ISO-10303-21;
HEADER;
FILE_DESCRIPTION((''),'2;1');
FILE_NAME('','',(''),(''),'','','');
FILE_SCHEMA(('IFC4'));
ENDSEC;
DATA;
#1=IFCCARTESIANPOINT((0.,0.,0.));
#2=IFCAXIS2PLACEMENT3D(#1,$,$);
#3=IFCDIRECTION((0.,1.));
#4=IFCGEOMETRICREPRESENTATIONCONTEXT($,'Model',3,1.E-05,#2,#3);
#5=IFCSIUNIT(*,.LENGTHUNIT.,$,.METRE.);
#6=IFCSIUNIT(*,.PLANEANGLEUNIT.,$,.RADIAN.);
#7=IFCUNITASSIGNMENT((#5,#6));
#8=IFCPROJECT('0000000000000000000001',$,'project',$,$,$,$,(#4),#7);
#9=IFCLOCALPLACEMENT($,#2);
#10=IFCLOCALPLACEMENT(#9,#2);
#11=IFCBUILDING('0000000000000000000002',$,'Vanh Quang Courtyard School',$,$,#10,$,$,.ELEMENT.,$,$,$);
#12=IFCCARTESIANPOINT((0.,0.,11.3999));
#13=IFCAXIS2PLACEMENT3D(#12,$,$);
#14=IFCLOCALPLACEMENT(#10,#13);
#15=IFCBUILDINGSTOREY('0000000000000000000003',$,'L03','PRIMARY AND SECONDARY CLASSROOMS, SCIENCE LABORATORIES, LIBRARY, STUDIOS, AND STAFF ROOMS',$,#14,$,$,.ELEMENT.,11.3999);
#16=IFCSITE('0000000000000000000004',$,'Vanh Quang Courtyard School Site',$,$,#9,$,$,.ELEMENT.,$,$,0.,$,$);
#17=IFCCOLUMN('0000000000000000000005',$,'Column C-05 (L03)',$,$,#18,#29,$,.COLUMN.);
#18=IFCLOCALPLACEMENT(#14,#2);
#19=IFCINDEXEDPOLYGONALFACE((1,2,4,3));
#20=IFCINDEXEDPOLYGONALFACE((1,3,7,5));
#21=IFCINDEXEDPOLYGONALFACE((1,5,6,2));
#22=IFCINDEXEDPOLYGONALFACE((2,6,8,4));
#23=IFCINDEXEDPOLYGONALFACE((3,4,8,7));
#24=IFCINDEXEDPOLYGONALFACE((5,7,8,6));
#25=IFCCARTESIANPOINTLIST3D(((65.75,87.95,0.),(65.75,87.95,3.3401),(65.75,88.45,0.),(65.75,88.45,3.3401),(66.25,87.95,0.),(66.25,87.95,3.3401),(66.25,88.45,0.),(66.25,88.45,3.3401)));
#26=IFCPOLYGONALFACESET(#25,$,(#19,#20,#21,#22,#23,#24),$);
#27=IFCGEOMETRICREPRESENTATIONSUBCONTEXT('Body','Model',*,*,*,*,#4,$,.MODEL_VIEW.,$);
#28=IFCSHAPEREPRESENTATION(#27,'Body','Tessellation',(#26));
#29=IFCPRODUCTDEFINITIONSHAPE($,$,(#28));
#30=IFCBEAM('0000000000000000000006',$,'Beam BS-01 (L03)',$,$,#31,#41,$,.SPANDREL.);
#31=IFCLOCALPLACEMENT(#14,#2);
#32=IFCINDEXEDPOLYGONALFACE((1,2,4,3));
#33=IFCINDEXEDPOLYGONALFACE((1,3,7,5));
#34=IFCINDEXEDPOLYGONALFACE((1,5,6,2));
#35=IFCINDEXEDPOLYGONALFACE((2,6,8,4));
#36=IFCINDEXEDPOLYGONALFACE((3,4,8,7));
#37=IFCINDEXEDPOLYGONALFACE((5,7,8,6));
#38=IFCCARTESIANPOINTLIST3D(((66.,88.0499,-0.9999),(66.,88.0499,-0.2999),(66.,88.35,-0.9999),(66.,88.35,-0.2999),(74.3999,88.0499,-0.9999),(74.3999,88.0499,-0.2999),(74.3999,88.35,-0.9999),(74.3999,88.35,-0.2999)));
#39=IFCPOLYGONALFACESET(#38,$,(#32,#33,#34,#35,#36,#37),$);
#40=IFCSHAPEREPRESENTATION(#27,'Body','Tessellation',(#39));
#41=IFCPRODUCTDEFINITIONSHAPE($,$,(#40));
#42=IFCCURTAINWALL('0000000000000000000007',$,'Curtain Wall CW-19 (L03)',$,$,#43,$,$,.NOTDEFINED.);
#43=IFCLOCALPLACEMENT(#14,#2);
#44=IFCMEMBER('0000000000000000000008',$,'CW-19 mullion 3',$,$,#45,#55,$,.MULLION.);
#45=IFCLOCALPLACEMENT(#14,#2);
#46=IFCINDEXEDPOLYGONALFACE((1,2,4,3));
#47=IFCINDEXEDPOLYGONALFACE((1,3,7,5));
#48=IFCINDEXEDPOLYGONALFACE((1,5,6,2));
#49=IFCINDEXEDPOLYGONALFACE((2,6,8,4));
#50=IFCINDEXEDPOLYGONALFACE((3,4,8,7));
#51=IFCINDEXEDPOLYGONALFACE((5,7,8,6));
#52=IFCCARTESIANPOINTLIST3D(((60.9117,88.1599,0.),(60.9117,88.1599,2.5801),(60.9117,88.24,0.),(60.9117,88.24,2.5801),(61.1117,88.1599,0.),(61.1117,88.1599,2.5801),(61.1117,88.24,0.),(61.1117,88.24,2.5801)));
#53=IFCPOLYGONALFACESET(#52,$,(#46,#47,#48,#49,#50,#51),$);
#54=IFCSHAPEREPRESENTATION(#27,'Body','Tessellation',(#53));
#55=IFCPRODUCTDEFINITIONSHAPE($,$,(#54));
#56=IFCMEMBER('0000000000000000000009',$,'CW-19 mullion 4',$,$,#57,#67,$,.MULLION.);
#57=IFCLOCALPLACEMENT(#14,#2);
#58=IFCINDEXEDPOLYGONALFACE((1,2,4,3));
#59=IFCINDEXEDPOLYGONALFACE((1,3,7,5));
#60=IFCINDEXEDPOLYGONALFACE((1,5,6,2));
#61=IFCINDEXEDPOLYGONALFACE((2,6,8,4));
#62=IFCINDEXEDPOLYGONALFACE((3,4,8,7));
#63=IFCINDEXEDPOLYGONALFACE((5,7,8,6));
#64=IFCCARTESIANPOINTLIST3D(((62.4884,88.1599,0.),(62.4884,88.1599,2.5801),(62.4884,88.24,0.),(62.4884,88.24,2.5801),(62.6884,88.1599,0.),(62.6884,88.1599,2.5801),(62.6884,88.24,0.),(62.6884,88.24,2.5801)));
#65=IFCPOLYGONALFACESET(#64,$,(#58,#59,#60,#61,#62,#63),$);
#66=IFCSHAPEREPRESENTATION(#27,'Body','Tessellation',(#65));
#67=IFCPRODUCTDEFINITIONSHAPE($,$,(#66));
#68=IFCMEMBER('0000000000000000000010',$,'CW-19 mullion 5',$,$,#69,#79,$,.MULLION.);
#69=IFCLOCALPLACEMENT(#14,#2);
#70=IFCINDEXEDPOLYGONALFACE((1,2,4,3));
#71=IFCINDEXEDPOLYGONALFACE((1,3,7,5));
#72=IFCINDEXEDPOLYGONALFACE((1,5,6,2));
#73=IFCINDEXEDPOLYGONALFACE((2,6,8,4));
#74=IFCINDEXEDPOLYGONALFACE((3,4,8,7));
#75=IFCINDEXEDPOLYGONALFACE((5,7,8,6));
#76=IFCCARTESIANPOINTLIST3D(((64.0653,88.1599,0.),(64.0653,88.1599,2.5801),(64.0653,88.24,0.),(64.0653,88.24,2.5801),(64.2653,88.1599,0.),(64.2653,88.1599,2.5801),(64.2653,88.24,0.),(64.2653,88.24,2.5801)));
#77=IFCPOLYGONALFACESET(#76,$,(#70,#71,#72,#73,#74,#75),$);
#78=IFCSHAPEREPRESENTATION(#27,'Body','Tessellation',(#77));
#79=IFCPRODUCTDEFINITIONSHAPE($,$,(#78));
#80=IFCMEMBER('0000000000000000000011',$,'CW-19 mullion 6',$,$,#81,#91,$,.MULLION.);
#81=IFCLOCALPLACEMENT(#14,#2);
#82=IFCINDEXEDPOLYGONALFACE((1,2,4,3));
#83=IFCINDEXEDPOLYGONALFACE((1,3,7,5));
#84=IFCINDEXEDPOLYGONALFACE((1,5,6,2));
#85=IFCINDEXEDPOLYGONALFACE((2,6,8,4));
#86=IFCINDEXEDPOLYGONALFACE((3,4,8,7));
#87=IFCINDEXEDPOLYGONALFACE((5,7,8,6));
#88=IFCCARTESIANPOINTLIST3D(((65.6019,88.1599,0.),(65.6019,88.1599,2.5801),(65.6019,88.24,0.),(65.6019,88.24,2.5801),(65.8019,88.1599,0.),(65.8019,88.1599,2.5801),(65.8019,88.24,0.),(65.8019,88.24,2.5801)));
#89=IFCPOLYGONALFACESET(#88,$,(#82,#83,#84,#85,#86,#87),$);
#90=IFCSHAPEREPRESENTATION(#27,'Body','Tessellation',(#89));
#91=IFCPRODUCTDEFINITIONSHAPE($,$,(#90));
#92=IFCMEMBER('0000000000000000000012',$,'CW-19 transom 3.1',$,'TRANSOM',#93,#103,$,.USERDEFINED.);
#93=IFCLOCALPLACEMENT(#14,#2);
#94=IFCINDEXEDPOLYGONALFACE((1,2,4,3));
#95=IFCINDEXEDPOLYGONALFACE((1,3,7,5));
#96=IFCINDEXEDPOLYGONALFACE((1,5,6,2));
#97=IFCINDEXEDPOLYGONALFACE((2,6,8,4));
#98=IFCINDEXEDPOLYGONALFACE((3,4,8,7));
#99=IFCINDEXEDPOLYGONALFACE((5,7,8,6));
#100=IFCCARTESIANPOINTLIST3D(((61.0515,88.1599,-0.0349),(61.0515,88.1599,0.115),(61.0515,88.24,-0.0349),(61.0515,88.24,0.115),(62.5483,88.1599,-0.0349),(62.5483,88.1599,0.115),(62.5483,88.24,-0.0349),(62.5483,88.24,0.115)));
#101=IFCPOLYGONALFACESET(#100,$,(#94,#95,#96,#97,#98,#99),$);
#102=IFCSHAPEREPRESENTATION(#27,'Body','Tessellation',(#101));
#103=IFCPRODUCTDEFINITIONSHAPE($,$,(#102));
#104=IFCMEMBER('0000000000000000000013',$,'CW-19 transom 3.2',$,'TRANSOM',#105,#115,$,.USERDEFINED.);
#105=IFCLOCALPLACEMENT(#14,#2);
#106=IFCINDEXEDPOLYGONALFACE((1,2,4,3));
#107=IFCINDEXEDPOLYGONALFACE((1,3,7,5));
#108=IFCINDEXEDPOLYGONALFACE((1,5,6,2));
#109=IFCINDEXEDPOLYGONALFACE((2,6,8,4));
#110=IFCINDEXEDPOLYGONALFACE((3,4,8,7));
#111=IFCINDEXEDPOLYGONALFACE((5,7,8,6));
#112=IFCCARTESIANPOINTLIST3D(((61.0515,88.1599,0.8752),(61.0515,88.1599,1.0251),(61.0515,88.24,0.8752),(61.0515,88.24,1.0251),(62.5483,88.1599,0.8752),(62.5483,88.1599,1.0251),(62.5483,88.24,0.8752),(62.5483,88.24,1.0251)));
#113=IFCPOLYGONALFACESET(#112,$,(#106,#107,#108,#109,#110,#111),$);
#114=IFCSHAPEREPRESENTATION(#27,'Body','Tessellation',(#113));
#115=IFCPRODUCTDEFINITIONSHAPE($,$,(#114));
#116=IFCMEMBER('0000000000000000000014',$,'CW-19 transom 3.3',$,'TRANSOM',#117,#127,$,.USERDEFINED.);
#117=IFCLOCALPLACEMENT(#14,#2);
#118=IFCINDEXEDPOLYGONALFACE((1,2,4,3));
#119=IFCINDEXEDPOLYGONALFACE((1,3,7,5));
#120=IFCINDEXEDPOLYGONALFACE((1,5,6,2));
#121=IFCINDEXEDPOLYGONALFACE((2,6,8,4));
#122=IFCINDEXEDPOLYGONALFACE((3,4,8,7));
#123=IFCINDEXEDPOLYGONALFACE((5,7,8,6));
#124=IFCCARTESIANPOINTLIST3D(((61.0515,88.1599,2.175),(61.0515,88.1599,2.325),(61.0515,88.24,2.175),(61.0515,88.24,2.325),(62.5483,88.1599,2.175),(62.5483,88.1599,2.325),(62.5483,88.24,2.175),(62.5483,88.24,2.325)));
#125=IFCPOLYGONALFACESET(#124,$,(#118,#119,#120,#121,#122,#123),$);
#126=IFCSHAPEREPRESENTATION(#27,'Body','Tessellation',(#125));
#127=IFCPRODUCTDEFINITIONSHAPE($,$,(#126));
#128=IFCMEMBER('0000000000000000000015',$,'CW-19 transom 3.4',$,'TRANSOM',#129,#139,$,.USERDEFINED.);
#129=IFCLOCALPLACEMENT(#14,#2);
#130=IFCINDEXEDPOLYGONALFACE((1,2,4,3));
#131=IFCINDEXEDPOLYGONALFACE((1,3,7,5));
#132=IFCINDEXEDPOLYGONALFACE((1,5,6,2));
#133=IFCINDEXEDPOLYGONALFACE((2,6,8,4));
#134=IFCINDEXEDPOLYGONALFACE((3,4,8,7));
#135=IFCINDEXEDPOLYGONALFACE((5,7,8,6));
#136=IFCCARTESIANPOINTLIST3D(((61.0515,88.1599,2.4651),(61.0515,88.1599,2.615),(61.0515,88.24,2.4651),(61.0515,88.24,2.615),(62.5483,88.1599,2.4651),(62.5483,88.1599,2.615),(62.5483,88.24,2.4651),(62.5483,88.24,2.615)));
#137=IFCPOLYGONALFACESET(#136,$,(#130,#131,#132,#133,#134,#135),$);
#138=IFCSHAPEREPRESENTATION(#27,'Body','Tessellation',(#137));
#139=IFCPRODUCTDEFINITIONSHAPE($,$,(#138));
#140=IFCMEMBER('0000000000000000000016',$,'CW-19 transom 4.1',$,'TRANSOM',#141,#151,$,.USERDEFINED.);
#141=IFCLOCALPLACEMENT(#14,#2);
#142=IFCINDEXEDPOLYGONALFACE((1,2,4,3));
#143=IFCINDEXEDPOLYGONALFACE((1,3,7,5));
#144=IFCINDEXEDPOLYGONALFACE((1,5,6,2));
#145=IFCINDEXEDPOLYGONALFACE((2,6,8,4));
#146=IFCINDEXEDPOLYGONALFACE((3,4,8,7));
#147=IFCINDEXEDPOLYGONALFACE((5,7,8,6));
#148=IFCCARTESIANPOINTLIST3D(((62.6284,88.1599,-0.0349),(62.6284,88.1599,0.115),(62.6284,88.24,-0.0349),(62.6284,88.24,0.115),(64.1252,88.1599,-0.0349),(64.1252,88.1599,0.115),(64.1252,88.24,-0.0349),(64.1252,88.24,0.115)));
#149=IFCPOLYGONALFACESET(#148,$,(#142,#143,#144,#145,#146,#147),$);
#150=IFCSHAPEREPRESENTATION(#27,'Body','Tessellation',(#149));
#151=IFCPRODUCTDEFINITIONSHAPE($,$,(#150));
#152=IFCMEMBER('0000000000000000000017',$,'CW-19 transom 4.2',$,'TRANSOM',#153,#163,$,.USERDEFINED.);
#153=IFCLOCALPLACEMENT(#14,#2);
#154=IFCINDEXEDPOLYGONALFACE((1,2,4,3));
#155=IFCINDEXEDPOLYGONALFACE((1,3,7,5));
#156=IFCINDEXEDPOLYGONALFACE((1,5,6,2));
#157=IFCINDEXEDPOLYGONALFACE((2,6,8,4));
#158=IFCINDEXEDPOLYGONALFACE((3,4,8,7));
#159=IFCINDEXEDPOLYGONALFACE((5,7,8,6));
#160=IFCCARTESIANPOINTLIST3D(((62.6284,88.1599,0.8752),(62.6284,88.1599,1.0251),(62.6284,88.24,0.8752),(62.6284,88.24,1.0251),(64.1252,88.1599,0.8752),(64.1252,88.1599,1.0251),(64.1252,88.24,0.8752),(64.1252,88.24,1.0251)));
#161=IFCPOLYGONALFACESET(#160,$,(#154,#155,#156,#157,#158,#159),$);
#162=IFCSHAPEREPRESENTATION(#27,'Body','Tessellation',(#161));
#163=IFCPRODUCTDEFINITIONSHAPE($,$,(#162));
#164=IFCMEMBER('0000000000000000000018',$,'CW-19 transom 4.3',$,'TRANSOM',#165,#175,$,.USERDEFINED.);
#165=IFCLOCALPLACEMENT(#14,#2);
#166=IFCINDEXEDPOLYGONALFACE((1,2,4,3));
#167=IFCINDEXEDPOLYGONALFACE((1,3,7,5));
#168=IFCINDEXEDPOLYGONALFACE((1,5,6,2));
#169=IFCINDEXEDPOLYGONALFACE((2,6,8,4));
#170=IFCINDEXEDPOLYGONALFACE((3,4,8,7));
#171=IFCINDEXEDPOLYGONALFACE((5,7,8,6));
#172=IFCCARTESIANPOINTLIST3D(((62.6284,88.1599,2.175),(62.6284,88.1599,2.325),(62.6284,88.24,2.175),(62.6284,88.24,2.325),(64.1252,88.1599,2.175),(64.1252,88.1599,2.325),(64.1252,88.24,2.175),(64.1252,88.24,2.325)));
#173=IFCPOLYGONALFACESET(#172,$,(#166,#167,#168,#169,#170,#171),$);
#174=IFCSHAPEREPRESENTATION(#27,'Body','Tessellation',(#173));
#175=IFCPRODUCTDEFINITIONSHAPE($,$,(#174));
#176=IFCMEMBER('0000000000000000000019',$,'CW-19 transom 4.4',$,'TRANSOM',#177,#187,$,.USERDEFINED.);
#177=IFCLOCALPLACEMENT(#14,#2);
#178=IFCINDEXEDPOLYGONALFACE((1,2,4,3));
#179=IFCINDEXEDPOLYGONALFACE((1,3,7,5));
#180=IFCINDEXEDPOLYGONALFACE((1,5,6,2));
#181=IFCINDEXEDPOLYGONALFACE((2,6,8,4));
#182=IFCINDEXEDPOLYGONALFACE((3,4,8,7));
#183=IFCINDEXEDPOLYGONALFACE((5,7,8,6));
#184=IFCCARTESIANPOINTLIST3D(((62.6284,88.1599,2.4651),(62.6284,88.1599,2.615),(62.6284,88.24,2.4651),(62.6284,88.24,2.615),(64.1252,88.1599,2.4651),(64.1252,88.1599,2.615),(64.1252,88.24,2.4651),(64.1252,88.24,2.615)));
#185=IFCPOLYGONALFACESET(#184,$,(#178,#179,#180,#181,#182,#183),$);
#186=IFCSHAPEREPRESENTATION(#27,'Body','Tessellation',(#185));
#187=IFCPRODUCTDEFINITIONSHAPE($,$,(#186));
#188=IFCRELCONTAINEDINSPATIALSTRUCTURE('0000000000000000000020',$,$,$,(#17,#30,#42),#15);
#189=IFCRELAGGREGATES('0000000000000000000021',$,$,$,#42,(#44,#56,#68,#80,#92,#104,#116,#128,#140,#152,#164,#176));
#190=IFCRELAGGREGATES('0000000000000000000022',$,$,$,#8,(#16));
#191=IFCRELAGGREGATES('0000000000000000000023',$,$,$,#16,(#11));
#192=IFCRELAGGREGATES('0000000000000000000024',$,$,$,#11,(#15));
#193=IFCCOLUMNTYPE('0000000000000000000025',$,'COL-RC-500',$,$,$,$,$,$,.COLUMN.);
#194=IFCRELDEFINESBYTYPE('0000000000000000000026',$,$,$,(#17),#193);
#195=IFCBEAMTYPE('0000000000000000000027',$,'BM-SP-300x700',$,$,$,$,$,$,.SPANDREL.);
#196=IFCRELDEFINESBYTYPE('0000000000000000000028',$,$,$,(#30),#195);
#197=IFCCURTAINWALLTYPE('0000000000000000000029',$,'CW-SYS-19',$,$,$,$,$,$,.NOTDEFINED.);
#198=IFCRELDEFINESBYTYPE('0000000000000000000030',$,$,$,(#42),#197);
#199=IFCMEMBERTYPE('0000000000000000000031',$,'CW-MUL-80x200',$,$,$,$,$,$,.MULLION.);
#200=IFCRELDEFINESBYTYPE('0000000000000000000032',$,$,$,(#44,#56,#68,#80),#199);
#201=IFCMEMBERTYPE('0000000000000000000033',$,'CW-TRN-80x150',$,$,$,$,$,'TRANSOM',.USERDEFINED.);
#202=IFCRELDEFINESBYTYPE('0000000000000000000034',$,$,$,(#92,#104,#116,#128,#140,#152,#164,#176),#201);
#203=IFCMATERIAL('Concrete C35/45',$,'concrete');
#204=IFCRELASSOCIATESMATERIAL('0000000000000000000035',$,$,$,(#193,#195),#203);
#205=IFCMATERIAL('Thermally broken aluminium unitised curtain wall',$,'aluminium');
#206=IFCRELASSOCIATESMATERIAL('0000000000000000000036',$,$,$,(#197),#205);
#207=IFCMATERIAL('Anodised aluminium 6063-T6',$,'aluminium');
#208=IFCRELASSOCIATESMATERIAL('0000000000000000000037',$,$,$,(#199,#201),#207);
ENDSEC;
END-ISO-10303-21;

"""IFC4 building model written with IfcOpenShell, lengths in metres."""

from ifc_helpers import new_model, si_unit, direction, frame, origin, origin_2d, place, context, subcontext, project, spatial, rectangle, extrude, material, material_profile, profile_set, type_object, element, aggregate, save


model = new_model("IFC4")

# Units and contexts
model_context = context("Model", 3, precision=1e-05, world=origin(), true_north=direction((0.0, 1.0)))
body_context = subcontext(model_context, "Body", "Model", "MODEL_VIEW")
ifc_project = project(units=[si_unit("LENGTHUNIT", "METRE"), si_unit("PLANEANGLEUNIT", "RADIAN")], contexts=[model_context])

# Site, building, storey
site_placement = place(None, origin())
site = spatial("IfcSite", under=ifc_project, at=site_placement, Name="Vanh Quang Courtyard School Site", CompositionType="ELEMENT", RefElevation=0.0)
building_placement = place(site_placement, origin())
building = spatial("IfcBuilding", under=site, at=building_placement, Name="Vanh Quang Courtyard School", CompositionType="ELEMENT")
storey_placement = place(building_placement, frame((0.0, 0.0, 11.3999)))
storey = spatial("IfcBuildingStorey", under=building, at=storey_placement, Name="L03", Description="PRIMARY AND SECONDARY CLASSROOMS, SCIENCE LABORATORIES, LIBRARY, STUDIOS, AND STAFF ROOMS", CompositionType="ELEMENT", Elevation=11.3999)

# Column
ifc_material_1 = material(Name="Concrete C35/45", Category="concrete")
ifc_material_profile_1 = material_profile(ifc_material_1, rectangle(XDim=0.5, YDim=0.5, at=origin_2d()), Name="RC-COL 500x500")
ifc_profile_set_1 = profile_set([ifc_material_profile_1], Name="Concrete C35/45")
column_type = type_object("IfcColumnType", Name="COL-RC-500", PredefinedType="COLUMN", material=ifc_profile_set_1)
column_placement = place(storey_placement, frame((66.0, 88.2, 0.0), z_axis=(0.0, 0.0, 1.0), x_axis=(1.0, 0.0, 0.0)))
element("IfcColumn", 1, at=column_placement, inside=storey, type_object=column_type, Name="Column C-05 (L03)", PredefinedType="COLUMN", context=body_context, shape_type="SweptSolid", body=[
    extrude(rectangle(XDim=0.5, YDim=0.5, at=origin_2d()), origin(), (0.0, 0.0, 1.0), 3.3401),
])

# Beam
ifc_material_profile_2 = material_profile(ifc_material_1, rectangle(XDim=0.3, YDim=0.7, at=origin_2d()), Name="RC-SP 300x700")
ifc_profile_set_2 = profile_set([ifc_material_profile_2], Name="Concrete C35/45")
beam_type = type_object("IfcBeamType", Name="BM-SP-300x700", PredefinedType="SPANDREL", material=ifc_profile_set_2)
beam_placement = place(storey_placement, frame((66.0, 88.2, -0.6499), z_axis=(1.0, 0.0, 0.0), x_axis=(0.0, 1.0, 0.0)))
element("IfcBeam", 2, at=beam_placement, inside=storey, type_object=beam_type, Name="Beam BS-01 (L03)", PredefinedType="SPANDREL", context=body_context, shape_type="SweptSolid", body=[
    extrude(rectangle(XDim=0.3, YDim=0.7, at=origin_2d()), origin(), (0.0, 0.0, 1.0), 8.3999),
])

# Curtain wall, members
ifc_material_2 = material(Name="Thermally broken aluminium unitised curtain wall", Category="aluminium")
curtain_wall_type = type_object("IfcCurtainWallType", Name="CW-SYS-19", PredefinedType="NOTDEFINED", material=ifc_material_2)
curtain_wall_placement = place(storey_placement, origin())
curtain_wall = element("IfcCurtainWall", 3, at=curtain_wall_placement, inside=storey, type_object=curtain_wall_type, Name="Curtain Wall CW-19 (L03)", PredefinedType="NOTDEFINED")
ifc_material_3 = material(Name="Anodised aluminium 6063-T6", Category="aluminium")
ifc_material_profile_3 = material_profile(ifc_material_3, rectangle(XDim=0.0801, YDim=0.2, at=origin_2d()), Name="ALU-MUL 80x200")
ifc_profile_set_3 = profile_set([ifc_material_profile_3], Name="Anodised aluminium 6063-T6")
member_type_1 = type_object("IfcMemberType", Name="CW-MUL-80x200", PredefinedType="MULLION", material=ifc_profile_set_3)
member_1_placement = place(storey_placement, frame((61.0117, 88.2, 0.0), z_axis=(0.0, 0.0, 1.0), x_axis=(0.0, 1.0, 0.0)))
member_1 = element("IfcMember", 4, at=member_1_placement, type_object=member_type_1, Name="CW-19 mullion 3", PredefinedType="MULLION", context=body_context, shape_type="SweptSolid", body=[
    extrude(rectangle(XDim=0.0801, YDim=0.2, at=origin_2d()), origin(), (0.0, 0.0, 1.0), 2.5801),
])
member_2_placement = place(storey_placement, frame((62.5884, 88.2, 0.0), z_axis=(0.0, 0.0, 1.0), x_axis=(0.0, 1.0, 0.0)))
member_2 = element("IfcMember", 5, at=member_2_placement, type_object=member_type_1, Name="CW-19 mullion 4", PredefinedType="MULLION", context=body_context, shape_type="SweptSolid", body=[
    extrude(rectangle(XDim=0.0801, YDim=0.2, at=origin_2d()), origin(), (0.0, 0.0, 1.0), 2.5801),
])
member_3_placement = place(storey_placement, frame((64.1653, 88.2, 0.0), z_axis=(0.0, 0.0, 1.0), x_axis=(0.0, 1.0, 0.0)))
member_3 = element("IfcMember", 6, at=member_3_placement, type_object=member_type_1, Name="CW-19 mullion 5", PredefinedType="MULLION", context=body_context, shape_type="SweptSolid", body=[
    extrude(rectangle(XDim=0.0801, YDim=0.2, at=origin_2d()), origin(), (0.0, 0.0, 1.0), 2.5801),
])
member_4_placement = place(storey_placement, frame((65.7019, 88.2, 0.0), z_axis=(0.0, 0.0, 1.0), x_axis=(0.0, 1.0, 0.0)))
member_4 = element("IfcMember", 7, at=member_4_placement, type_object=member_type_1, Name="CW-19 mullion 6", PredefinedType="MULLION", context=body_context, shape_type="SweptSolid", body=[
    extrude(rectangle(XDim=0.0801, YDim=0.2, at=origin_2d()), origin(), (0.0, 0.0, 1.0), 2.5801),
])
ifc_material_profile_4 = material_profile(ifc_material_3, rectangle(XDim=0.0801, YDim=0.1499, at=origin_2d()), Name="ALU-TRN 80x150")
ifc_profile_set_4 = profile_set([ifc_material_profile_4], Name="Anodised aluminium 6063-T6")
member_type_2 = type_object("IfcMemberType", Name="CW-TRN-80x150", ElementType="TRANSOM", PredefinedType="USERDEFINED", material=ifc_profile_set_4)
member_5_placement = place(storey_placement, frame((61.0515, 88.2, 0.04), z_axis=(1.0, 0.0, 0.0), x_axis=(0.0, 1.0, 0.0)))
member_5 = element("IfcMember", 8, at=member_5_placement, type_object=member_type_2, Name="CW-19 transom 3.1", ObjectType="TRANSOM", PredefinedType="USERDEFINED", context=body_context, shape_type="SweptSolid", body=[
    extrude(rectangle(XDim=0.0801, YDim=0.1499, at=origin_2d()), origin(), (0.0, 0.0, 1.0), 1.4968),
])
member_6_placement = place(storey_placement, frame((61.0515, 88.2, 0.9502), z_axis=(1.0, 0.0, 0.0), x_axis=(0.0, 1.0, 0.0)))
member_6 = element("IfcMember", 9, at=member_6_placement, type_object=member_type_2, Name="CW-19 transom 3.2", ObjectType="TRANSOM", PredefinedType="USERDEFINED", context=body_context, shape_type="SweptSolid", body=[
    extrude(rectangle(XDim=0.0801, YDim=0.1499, at=origin_2d()), origin(), (0.0, 0.0, 1.0), 1.4968),
])
member_7_placement = place(storey_placement, frame((61.0515, 88.2, 2.25), z_axis=(1.0, 0.0, 0.0), x_axis=(0.0, 1.0, 0.0)))
member_7 = element("IfcMember", 10, at=member_7_placement, type_object=member_type_2, Name="CW-19 transom 3.3", ObjectType="TRANSOM", PredefinedType="USERDEFINED", context=body_context, shape_type="SweptSolid", body=[
    extrude(rectangle(XDim=0.0801, YDim=0.1499, at=origin_2d()), origin(), (0.0, 0.0, 1.0), 1.4968),
])
member_8_placement = place(storey_placement, frame((61.0515, 88.2, 2.54), z_axis=(1.0, 0.0, 0.0), x_axis=(0.0, 1.0, 0.0)))
member_8 = element("IfcMember", 11, at=member_8_placement, type_object=member_type_2, Name="CW-19 transom 3.4", ObjectType="TRANSOM", PredefinedType="USERDEFINED", context=body_context, shape_type="SweptSolid", body=[
    extrude(rectangle(XDim=0.0801, YDim=0.1499, at=origin_2d()), origin(), (0.0, 0.0, 1.0), 1.4968),
])
member_9_placement = place(storey_placement, frame((62.6284, 88.2, 0.04), z_axis=(1.0, 0.0, 0.0), x_axis=(0.0, 1.0, 0.0)))
member_9 = element("IfcMember", 12, at=member_9_placement, type_object=member_type_2, Name="CW-19 transom 4.1", ObjectType="TRANSOM", PredefinedType="USERDEFINED", context=body_context, shape_type="SweptSolid", body=[
    extrude(rectangle(XDim=0.0801, YDim=0.1499, at=origin_2d()), origin(), (0.0, 0.0, 1.0), 1.4968),
])
member_10_placement = place(storey_placement, frame((62.6284, 88.2, 0.9502), z_axis=(1.0, 0.0, 0.0), x_axis=(0.0, 1.0, 0.0)))
member_10 = element("IfcMember", 13, at=member_10_placement, type_object=member_type_2, Name="CW-19 transom 4.2", ObjectType="TRANSOM", PredefinedType="USERDEFINED", context=body_context, shape_type="SweptSolid", body=[
    extrude(rectangle(XDim=0.0801, YDim=0.1499, at=origin_2d()), origin(), (0.0, 0.0, 1.0), 1.4968),
])
member_11_placement = place(storey_placement, frame((62.6284, 88.2, 2.25), z_axis=(1.0, 0.0, 0.0), x_axis=(0.0, 1.0, 0.0)))
member_11 = element("IfcMember", 14, at=member_11_placement, type_object=member_type_2, Name="CW-19 transom 4.3", ObjectType="TRANSOM", PredefinedType="USERDEFINED", context=body_context, shape_type="SweptSolid", body=[
    extrude(rectangle(XDim=0.0801, YDim=0.1499, at=origin_2d()), origin(), (0.0, 0.0, 1.0), 1.4968),
])
member_12_placement = place(storey_placement, frame((62.6284, 88.2, 2.54), z_axis=(1.0, 0.0, 0.0), x_axis=(0.0, 1.0, 0.0)))
member_12 = element("IfcMember", 15, at=member_12_placement, type_object=member_type_2, Name="CW-19 transom 4.4", ObjectType="TRANSOM", PredefinedType="USERDEFINED", context=body_context, shape_type="SweptSolid", body=[
    extrude(rectangle(XDim=0.0801, YDim=0.1499, at=origin_2d()), origin(), (0.0, 0.0, 1.0), 1.4968),
])
aggregate(curtain_wall, [member_1, member_2, member_3, member_4, member_5, member_6, member_7, member_8, member_9, member_10, member_11, member_12])

save(model, "model.ifc")
